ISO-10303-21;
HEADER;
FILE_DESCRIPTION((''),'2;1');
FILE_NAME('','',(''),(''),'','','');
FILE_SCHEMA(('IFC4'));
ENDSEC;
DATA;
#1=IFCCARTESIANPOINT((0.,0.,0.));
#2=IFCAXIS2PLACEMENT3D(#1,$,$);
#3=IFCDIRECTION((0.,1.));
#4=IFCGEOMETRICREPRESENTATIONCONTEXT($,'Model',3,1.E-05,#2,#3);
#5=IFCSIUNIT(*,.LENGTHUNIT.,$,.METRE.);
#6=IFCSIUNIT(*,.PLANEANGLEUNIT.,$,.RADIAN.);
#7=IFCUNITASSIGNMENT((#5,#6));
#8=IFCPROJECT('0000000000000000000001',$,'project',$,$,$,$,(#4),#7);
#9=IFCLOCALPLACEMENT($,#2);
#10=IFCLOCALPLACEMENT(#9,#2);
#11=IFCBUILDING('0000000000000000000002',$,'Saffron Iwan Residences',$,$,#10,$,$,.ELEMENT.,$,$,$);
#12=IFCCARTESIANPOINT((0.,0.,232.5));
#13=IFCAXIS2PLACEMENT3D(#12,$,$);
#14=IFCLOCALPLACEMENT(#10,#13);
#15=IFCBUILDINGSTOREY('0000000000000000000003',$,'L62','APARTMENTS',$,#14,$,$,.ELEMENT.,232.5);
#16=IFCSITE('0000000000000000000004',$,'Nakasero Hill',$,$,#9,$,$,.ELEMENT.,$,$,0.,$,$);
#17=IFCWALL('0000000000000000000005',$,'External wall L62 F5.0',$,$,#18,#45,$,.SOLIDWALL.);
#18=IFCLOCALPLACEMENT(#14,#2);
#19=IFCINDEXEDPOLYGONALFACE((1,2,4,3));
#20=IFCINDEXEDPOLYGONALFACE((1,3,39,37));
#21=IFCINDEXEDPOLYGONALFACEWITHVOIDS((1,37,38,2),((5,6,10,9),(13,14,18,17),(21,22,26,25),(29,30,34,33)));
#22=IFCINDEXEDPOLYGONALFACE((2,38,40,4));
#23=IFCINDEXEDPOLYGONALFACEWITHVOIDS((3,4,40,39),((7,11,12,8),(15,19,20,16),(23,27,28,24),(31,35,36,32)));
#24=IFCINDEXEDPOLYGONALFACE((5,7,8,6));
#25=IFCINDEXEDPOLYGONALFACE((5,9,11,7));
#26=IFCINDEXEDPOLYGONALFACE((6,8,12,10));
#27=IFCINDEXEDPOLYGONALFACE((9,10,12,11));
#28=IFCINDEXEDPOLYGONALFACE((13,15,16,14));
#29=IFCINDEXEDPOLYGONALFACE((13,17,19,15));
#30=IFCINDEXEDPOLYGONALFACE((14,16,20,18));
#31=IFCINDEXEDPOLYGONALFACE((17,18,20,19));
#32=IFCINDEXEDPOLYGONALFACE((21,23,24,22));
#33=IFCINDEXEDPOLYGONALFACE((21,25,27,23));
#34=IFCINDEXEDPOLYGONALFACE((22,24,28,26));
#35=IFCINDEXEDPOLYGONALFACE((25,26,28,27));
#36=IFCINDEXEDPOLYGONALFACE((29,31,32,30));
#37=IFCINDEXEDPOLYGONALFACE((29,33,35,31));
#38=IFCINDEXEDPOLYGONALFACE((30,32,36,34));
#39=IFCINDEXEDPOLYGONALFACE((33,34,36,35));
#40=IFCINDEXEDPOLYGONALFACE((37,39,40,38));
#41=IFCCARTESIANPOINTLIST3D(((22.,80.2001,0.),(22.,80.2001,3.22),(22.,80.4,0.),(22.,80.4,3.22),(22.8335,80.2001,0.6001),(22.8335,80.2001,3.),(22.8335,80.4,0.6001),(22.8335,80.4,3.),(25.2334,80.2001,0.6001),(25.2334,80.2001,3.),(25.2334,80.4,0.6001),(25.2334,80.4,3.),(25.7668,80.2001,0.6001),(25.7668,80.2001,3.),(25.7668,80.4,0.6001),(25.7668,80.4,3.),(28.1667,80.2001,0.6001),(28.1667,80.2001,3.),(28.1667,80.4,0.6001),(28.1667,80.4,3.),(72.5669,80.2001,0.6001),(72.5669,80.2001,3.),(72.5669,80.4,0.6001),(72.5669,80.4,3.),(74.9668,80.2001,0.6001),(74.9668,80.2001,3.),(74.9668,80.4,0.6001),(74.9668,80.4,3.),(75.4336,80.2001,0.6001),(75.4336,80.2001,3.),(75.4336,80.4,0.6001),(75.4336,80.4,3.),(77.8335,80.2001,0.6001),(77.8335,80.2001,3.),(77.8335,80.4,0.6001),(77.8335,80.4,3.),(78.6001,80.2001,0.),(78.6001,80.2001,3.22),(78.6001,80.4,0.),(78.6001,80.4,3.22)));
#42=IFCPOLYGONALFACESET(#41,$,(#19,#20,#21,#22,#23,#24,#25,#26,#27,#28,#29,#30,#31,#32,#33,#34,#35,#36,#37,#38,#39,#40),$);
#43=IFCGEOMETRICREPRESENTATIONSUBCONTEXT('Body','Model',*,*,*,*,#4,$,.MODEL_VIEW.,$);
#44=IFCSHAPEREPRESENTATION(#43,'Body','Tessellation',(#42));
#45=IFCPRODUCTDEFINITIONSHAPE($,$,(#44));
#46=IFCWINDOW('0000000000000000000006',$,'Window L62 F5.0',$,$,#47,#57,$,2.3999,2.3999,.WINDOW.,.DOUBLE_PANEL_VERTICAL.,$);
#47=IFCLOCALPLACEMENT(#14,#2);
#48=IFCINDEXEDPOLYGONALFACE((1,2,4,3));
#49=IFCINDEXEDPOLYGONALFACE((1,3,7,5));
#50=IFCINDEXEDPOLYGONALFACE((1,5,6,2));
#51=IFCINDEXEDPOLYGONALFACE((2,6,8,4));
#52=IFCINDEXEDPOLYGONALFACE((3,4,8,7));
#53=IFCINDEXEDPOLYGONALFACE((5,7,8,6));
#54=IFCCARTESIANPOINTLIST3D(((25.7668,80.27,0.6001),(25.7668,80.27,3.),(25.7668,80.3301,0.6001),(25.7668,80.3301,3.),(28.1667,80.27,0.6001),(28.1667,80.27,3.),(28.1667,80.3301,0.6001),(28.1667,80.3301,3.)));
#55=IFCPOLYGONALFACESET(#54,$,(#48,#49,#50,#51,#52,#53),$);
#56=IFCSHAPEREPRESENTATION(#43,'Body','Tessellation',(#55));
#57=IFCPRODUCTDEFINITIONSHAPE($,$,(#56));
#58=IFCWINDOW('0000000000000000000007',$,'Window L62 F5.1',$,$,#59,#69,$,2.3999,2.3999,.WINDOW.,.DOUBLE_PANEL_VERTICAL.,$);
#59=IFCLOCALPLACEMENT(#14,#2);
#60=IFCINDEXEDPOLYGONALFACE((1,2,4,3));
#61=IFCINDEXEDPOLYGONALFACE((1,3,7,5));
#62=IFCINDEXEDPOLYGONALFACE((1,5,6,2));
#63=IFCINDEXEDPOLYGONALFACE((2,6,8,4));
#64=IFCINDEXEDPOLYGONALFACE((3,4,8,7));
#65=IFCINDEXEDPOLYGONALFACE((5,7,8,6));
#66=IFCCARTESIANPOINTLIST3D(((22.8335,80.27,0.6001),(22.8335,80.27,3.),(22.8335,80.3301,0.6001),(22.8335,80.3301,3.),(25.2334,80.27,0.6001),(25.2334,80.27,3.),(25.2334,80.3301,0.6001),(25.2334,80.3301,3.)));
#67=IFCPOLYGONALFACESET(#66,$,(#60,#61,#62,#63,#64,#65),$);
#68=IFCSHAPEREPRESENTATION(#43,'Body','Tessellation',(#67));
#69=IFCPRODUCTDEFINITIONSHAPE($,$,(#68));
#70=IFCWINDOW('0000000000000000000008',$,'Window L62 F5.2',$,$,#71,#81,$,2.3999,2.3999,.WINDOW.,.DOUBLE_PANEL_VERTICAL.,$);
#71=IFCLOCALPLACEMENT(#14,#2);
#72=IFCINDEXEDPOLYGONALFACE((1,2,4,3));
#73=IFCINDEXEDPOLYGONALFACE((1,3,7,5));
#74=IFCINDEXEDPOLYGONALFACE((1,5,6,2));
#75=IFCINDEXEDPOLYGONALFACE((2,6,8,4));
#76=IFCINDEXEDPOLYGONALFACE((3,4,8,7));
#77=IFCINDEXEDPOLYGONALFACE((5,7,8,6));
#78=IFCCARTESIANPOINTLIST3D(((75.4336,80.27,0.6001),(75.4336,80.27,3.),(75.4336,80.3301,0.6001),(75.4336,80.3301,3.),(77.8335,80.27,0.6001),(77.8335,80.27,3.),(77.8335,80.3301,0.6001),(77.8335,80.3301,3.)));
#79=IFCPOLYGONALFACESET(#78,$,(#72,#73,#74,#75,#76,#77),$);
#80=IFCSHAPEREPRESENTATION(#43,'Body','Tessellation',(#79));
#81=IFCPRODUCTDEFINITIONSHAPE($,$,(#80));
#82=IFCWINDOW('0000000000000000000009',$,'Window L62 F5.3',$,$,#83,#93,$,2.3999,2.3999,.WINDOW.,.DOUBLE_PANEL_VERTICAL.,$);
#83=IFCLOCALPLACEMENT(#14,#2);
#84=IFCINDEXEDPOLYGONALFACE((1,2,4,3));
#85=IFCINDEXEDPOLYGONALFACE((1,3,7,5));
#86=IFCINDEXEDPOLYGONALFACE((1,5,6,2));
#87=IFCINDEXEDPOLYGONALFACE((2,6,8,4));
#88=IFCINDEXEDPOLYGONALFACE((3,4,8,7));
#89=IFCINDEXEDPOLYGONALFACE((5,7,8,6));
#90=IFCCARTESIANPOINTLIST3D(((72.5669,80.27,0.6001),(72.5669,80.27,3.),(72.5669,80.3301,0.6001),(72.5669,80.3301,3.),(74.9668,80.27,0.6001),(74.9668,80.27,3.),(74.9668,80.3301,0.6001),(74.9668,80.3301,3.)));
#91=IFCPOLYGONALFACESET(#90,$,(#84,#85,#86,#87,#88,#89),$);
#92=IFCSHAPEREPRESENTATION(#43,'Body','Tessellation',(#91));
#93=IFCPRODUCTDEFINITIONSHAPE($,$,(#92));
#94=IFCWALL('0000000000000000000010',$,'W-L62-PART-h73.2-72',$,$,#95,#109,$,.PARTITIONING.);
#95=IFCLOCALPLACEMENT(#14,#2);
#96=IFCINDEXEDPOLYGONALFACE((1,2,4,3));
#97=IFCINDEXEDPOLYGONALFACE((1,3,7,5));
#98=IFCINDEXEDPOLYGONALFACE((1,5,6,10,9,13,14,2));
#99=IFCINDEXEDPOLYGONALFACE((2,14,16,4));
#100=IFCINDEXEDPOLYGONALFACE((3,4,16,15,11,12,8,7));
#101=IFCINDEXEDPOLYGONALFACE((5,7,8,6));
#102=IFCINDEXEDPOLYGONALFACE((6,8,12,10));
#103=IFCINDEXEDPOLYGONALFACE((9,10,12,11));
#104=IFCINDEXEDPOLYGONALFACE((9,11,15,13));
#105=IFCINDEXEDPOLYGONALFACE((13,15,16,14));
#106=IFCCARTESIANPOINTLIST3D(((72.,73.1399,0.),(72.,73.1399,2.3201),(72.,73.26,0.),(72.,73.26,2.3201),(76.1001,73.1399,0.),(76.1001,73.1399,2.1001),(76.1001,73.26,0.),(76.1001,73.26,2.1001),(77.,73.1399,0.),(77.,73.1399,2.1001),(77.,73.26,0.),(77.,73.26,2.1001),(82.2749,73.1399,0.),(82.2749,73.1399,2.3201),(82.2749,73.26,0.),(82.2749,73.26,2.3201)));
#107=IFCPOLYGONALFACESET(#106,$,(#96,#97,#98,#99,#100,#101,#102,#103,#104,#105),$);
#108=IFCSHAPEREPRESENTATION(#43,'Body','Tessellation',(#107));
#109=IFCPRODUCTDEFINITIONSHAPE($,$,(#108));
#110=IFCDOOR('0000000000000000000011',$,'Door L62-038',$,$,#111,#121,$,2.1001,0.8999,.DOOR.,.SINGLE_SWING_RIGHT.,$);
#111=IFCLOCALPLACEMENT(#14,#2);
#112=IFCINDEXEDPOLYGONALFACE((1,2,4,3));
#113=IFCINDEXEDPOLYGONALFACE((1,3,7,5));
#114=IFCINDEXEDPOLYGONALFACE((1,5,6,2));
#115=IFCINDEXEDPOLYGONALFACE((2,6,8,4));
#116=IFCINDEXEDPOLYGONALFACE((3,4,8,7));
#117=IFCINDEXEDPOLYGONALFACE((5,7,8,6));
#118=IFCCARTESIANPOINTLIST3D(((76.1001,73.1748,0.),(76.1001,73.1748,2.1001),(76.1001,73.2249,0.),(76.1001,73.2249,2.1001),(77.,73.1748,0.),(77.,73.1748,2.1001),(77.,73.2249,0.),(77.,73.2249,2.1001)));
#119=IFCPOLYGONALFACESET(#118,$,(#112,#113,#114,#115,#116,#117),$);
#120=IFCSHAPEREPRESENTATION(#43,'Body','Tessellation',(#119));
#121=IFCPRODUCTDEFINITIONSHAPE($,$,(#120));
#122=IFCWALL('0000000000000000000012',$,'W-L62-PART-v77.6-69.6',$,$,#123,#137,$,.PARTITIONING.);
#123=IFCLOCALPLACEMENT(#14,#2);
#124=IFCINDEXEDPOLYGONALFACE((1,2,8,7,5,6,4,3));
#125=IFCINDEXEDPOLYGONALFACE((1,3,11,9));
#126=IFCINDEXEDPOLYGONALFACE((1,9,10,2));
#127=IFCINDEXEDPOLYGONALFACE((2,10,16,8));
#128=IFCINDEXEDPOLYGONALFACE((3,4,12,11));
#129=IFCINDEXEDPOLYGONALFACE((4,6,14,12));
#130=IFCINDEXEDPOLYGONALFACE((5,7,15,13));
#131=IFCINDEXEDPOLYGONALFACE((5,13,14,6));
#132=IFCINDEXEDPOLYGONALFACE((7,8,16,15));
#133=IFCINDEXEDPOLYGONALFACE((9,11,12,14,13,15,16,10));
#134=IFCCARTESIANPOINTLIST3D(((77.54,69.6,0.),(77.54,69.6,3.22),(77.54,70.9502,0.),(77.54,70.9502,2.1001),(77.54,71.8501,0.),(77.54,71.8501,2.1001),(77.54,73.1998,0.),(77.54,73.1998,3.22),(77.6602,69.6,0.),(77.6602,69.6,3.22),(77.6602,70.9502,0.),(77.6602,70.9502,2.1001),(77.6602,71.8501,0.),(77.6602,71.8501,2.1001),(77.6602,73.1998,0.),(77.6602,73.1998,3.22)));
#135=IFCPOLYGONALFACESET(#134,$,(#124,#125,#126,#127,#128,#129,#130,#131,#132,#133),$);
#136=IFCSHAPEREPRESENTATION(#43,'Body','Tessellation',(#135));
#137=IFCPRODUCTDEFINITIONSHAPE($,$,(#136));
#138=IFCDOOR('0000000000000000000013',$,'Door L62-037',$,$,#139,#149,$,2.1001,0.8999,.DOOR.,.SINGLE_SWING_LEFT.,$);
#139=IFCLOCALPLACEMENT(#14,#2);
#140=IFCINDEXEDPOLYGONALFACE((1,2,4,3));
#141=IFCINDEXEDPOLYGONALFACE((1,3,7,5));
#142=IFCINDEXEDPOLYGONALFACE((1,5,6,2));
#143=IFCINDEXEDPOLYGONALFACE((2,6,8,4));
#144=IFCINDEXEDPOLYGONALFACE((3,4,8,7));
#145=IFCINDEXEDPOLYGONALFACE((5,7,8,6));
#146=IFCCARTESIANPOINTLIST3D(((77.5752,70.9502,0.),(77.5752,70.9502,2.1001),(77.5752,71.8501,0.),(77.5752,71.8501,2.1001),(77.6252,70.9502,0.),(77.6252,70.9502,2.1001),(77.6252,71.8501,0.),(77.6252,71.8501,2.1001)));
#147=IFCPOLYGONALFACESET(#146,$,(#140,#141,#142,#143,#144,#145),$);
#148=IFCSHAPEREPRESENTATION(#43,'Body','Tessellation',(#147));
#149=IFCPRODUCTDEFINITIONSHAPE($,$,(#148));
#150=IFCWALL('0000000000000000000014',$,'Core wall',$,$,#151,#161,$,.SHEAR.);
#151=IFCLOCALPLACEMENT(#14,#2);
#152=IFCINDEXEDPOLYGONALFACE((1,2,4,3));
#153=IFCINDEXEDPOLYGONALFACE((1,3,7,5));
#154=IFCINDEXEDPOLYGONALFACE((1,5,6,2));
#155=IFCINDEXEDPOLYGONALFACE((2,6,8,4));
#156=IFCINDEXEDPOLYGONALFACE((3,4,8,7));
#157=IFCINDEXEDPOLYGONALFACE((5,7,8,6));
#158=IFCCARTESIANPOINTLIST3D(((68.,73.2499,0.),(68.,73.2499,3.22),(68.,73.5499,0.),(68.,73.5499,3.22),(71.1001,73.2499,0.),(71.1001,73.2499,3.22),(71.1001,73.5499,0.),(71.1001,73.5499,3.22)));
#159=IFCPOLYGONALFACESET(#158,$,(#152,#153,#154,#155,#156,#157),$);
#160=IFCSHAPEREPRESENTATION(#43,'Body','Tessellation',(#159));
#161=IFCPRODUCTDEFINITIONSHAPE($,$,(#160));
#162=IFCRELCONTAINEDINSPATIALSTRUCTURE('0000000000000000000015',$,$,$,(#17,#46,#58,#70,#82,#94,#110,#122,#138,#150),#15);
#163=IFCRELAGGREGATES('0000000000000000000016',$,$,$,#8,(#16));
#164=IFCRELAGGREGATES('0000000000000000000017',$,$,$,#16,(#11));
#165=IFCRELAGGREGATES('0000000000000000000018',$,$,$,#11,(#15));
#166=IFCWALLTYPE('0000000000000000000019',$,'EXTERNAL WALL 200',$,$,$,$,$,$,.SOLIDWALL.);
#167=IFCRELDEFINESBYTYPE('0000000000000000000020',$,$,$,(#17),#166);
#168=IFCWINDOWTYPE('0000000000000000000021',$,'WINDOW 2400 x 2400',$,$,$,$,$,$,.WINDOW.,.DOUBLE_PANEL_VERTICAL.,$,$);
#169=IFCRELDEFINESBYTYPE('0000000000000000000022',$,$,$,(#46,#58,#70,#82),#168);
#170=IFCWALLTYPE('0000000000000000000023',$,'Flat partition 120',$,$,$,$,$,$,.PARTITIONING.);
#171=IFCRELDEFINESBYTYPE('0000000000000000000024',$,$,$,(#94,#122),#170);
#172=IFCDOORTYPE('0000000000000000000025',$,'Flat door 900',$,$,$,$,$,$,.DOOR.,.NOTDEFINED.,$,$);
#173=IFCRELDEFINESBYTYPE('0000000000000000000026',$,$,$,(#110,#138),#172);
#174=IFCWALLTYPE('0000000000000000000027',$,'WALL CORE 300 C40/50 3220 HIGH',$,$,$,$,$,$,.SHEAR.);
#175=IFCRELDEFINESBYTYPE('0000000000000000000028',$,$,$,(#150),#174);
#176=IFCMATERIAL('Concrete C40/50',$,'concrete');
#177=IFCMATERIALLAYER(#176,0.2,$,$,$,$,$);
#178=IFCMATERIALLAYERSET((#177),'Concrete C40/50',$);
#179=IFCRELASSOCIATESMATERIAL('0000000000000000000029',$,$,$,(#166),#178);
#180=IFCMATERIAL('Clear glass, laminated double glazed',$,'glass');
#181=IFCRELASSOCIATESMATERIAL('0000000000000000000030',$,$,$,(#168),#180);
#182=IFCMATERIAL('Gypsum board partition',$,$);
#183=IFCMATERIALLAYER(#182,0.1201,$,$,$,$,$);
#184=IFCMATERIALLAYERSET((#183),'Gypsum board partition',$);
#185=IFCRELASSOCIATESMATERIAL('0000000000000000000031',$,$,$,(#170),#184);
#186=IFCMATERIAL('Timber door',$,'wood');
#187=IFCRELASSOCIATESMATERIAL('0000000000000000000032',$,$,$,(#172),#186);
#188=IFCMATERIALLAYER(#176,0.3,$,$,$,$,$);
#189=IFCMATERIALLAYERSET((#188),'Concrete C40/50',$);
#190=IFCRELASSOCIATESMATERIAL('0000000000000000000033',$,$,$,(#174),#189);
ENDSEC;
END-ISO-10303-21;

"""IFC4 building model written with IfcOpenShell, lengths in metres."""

from ifc_helpers import new_model, si_unit, direction, frame, frame_2d, origin, place, context, subcontext, project, spatial, rectangle, extrude, material, layer, layer_set, type_object, element, fill, save


model = new_model("IFC4")

# Units and contexts
model_context = context("Model", 3, precision=1e-05, world=origin(), true_north=direction((0.0, 1.0)))
body_context = subcontext(model_context, "Body", "Model", "MODEL_VIEW")
ifc_project = project(units=[si_unit("LENGTHUNIT", "METRE"), si_unit("PLANEANGLEUNIT", "RADIAN")], contexts=[model_context])

# Site, building, storey
site_placement = place(None, origin())
site = spatial("IfcSite", under=ifc_project, at=site_placement, Name="Nakasero Hill", CompositionType="ELEMENT", RefElevation=0.0)
building_placement = place(site_placement, origin())
building = spatial("IfcBuilding", under=site, at=building_placement, Name="Saffron Iwan Residences", CompositionType="ELEMENT")
storey_placement = place(building_placement, frame((0.0, 0.0, 232.5)))
storey = spatial("IfcBuildingStorey", under=building, at=storey_placement, Name="L62", Description="APARTMENTS", CompositionType="ELEMENT", Elevation=232.5)

# Shared definitions
ifc_material_1 = material(Name="Concrete C40/50", Category="concrete")

# Shared definitions
ifc_layer_1 = layer(ifc_material_1, 0.2)
ifc_layer_set_1 = layer_set([ifc_layer_1], Name="Concrete C40/50")
wall_type_1 = type_object("IfcWallType", Name="EXTERNAL WALL 200", PredefinedType="SOLIDWALL", material=ifc_layer_set_1)
ifc_material_2 = material(Name="Clear glass, laminated double glazed", Category="glass")
window_type_1 = type_object("IfcWindowType", Name="WINDOW 2400 x 2400", PartitioningType="DOUBLE_PANEL_VERTICAL", PredefinedType="WINDOW", material=ifc_material_2)

# Wall, openings, windows
wall_1_placement = place(storey_placement, frame((78.6001, 80.3, 0.0), z_axis=(0.0, 0.0, 1.0), x_axis=(-1.0, 0.0, 0.0)))
wall_1 = element("IfcWall", 1, at=wall_1_placement, inside=storey, type_object=wall_type_1, Name="External wall L62 F5.0", PredefinedType="SOLIDWALL", context=body_context, shape_type="SweptSolid", body=[
    extrude(rectangle(XDim=56.6001, YDim=0.2, at=frame_2d((28.3, 0.0))), origin(), (0.0, 0.0, 1.0), 3.22),
])
opening_1_placement = place(wall_1_placement, frame((50.4333, 0.0, 0.6001)))
opening_1 = element("IfcOpeningElement", 2, at=opening_1_placement, cuts=wall_1, PredefinedType="OPENING", context=body_context, shape_type="SweptSolid", body=[
    extrude(rectangle(XDim=2.3999, YDim=2.3999, at=frame_2d((1.2, 1.2))), frame((0.0, 0.1099, 0.0), z_axis=(0.0, -1.0, 0.0), x_axis=(1.0, 0.0, 0.0)), (0.0, 0.0, 1.0), 0.22),
])
opening_2_placement = place(wall_1_placement, frame((53.3667, 0.0, 0.6001)))
opening_2 = element("IfcOpeningElement", 3, at=opening_2_placement, cuts=wall_1, PredefinedType="OPENING", context=body_context, shape_type="SweptSolid", body=[
    extrude(rectangle(XDim=2.3999, YDim=2.3999, at=frame_2d((1.2, 1.2))), frame((0.0, 0.1099, 0.0), z_axis=(0.0, -1.0, 0.0), x_axis=(1.0, 0.0, 0.0)), (0.0, 0.0, 1.0), 0.22),
])
opening_3_placement = place(wall_1_placement, frame((0.7666, 0.0, 0.6001)))
opening_3 = element("IfcOpeningElement", 4, at=opening_3_placement, cuts=wall_1, PredefinedType="OPENING", context=body_context, shape_type="SweptSolid", body=[
    extrude(rectangle(XDim=2.3999, YDim=2.3999, at=frame_2d((1.2, 1.2))), frame((0.0, 0.1099, 0.0), z_axis=(0.0, -1.0, 0.0), x_axis=(1.0, 0.0, 0.0)), (0.0, 0.0, 1.0), 0.22),
])
opening_4_placement = place(wall_1_placement, frame((3.6333, 0.0, 0.6001)))
opening_4 = element("IfcOpeningElement", 5, at=opening_4_placement, cuts=wall_1, PredefinedType="OPENING", context=body_context, shape_type="SweptSolid", body=[
    extrude(rectangle(XDim=2.3999, YDim=2.3999, at=frame_2d((1.2, 1.2))), frame((0.0, 0.1099, 0.0), z_axis=(0.0, -1.0, 0.0), x_axis=(1.0, 0.0, 0.0)), (0.0, 0.0, 1.0), 0.22),
])
window_1_placement = place(opening_1_placement, origin())
window_1 = element("IfcWindow", 6, at=window_1_placement, inside=storey, type_object=window_type_1, Name="Window L62 F5.0", OverallHeight=2.3999, OverallWidth=2.3999, PartitioningType="DOUBLE_PANEL_VERTICAL", PredefinedType="WINDOW", context=body_context, shape_type="SweptSolid", body=[
    extrude(rectangle(XDim=2.3999, YDim=2.3999, at=frame_2d((1.2, 1.2))), frame((0.0, 0.03, 0.0), z_axis=(0.0, -1.0, 0.0), x_axis=(1.0, 0.0, 0.0)), (0.0, 0.0, 1.0), 0.0601),
])
fill(opening_1, window_1)
window_2_placement = place(opening_2_placement, origin())
window_2 = element("IfcWindow", 7, at=window_2_placement, inside=storey, type_object=window_type_1, Name="Window L62 F5.1", OverallHeight=2.3999, OverallWidth=2.3999, PartitioningType="DOUBLE_PANEL_VERTICAL", PredefinedType="WINDOW", context=body_context, shape_type="SweptSolid", body=[
    extrude(rectangle(XDim=2.3999, YDim=2.3999, at=frame_2d((1.2, 1.2))), frame((0.0, 0.03, 0.0), z_axis=(0.0, -1.0, 0.0), x_axis=(1.0, 0.0, 0.0)), (0.0, 0.0, 1.0), 0.0601),
])
fill(opening_2, window_2)
window_3_placement = place(opening_3_placement, origin())
window_3 = element("IfcWindow", 8, at=window_3_placement, inside=storey, type_object=window_type_1, Name="Window L62 F5.2", OverallHeight=2.3999, OverallWidth=2.3999, PartitioningType="DOUBLE_PANEL_VERTICAL", PredefinedType="WINDOW", context=body_context, shape_type="SweptSolid", body=[
    extrude(rectangle(XDim=2.3999, YDim=2.3999, at=frame_2d((1.2, 1.2))), frame((0.0, 0.03, 0.0), z_axis=(0.0, -1.0, 0.0), x_axis=(1.0, 0.0, 0.0)), (0.0, 0.0, 1.0), 0.0601),
])
fill(opening_3, window_3)
window_4_placement = place(opening_4_placement, origin())
window_4 = element("IfcWindow", 9, at=window_4_placement, inside=storey, type_object=window_type_1, Name="Window L62 F5.3", OverallHeight=2.3999, OverallWidth=2.3999, PartitioningType="DOUBLE_PANEL_VERTICAL", PredefinedType="WINDOW", context=body_context, shape_type="SweptSolid", body=[
    extrude(rectangle(XDim=2.3999, YDim=2.3999, at=frame_2d((1.2, 1.2))), frame((0.0, 0.03, 0.0), z_axis=(0.0, -1.0, 0.0), x_axis=(1.0, 0.0, 0.0)), (0.0, 0.0, 1.0), 0.0601),
])
fill(opening_4, window_4)

# Walls, openings, doors
ifc_material_3 = material(Name="Gypsum board partition")
ifc_layer_2 = layer(ifc_material_3, 0.1201)
ifc_layer_set_2 = layer_set([ifc_layer_2], Name="Gypsum board partition")
wall_type_2 = type_object("IfcWallType", Name="Flat partition 120", PredefinedType="PARTITIONING", material=ifc_layer_set_2)
wall_2_placement = place(storey_placement, frame((72.0, 73.2, 0.0), z_axis=(0.0, 0.0, 1.0), x_axis=(1.0, 0.0, 0.0)))
wall_2 = element("IfcWall", 10, at=wall_2_placement, inside=storey, type_object=wall_type_2, Name="W-L62-PART-h73.2-72", PredefinedType="PARTITIONING", context=body_context, shape_type="SweptSolid", body=[
    extrude(rectangle(XDim=10.2749, YDim=0.1201, at=frame_2d((5.1375, 0.0))), origin(), (0.0, 0.0, 1.0), 2.3201),
])
opening_5_placement = place(wall_2_placement, frame((4.1001, 0.0, 0.0)))
opening_5 = element("IfcOpeningElement", 11, at=opening_5_placement, cuts=wall_2, PredefinedType="OPENING", context=body_context, shape_type="SweptSolid", body=[
    extrude(rectangle(XDim=0.8999, YDim=2.1001, at=frame_2d((0.45, 1.05))), frame((0.0, 0.0701, 0.0), z_axis=(0.0, -1.0, 0.0), x_axis=(1.0, 0.0, 0.0)), (0.0, 0.0, 1.0), 0.1401),
])
ifc_material_4 = material(Name="Timber door", Category="wood")
door_type = type_object("IfcDoorType", Name="Flat door 900", OperationType="NOTDEFINED", PredefinedType="DOOR", material=ifc_material_4)
door_1_placement = place(opening_5_placement, origin())
door_1 = element("IfcDoor", 12, at=door_1_placement, inside=storey, type_object=door_type, Name="Door L62-038", OperationType="SINGLE_SWING_RIGHT", OverallHeight=2.1001, OverallWidth=0.8999, PredefinedType="DOOR", context=body_context, shape_type="SweptSolid", body=[
    extrude(rectangle(XDim=0.8999, YDim=2.1001, at=frame_2d((0.45, 1.05))), frame((0.0, 0.0249, 0.0), z_axis=(0.0, -1.0, 0.0), x_axis=(1.0, 0.0, 0.0)), (0.0, 0.0, 1.0), 0.05),
])
fill(opening_5, door_1)
wall_3_placement = place(storey_placement, frame((77.6001, 69.6001, 0.0), z_axis=(0.0, 0.0, 1.0), x_axis=(0.0, 1.0, 0.0)))
wall_3 = element("IfcWall", 13, at=wall_3_placement, inside=storey, type_object=wall_type_2, Name="W-L62-PART-v77.6-69.6", PredefinedType="PARTITIONING", context=body_context, shape_type="SweptSolid", body=[
    extrude(rectangle(XDim=3.5999, YDim=0.1201, at=frame_2d((1.7998, 0.0))), origin(), (0.0, 0.0, 1.0), 3.22),
])
opening_6_placement = place(wall_3_placement, frame((1.3501, 0.0, 0.0)))
opening_6 = element("IfcOpeningElement", 14, at=opening_6_placement, cuts=wall_3, PredefinedType="OPENING", context=body_context, shape_type="SweptSolid", body=[
    extrude(rectangle(XDim=0.8999, YDim=2.1001, at=frame_2d((0.45, 1.05))), frame((0.0, 0.0701, 0.0), z_axis=(0.0, -1.0, 0.0), x_axis=(1.0, 0.0, 0.0)), (0.0, 0.0, 1.0), 0.1401),
])
door_2_placement = place(opening_6_placement, origin())
door_2 = element("IfcDoor", 15, at=door_2_placement, inside=storey, type_object=door_type, Name="Door L62-037", OperationType="SINGLE_SWING_LEFT", OverallHeight=2.1001, OverallWidth=0.8999, PredefinedType="DOOR", context=body_context, shape_type="SweptSolid", body=[
    extrude(rectangle(XDim=0.8999, YDim=2.1001, at=frame_2d((0.45, 1.05))), frame((0.0, 0.0249, 0.0), z_axis=(0.0, -1.0, 0.0), x_axis=(1.0, 0.0, 0.0)), (0.0, 0.0, 1.0), 0.05),
])
fill(opening_6, door_2)

# Wall
ifc_layer_3 = layer(ifc_material_1, 0.3)
ifc_layer_set_3 = layer_set([ifc_layer_3], Name="Concrete C40/50")
wall_type_3 = type_object("IfcWallType", Name="WALL CORE 300 C40/50 3220 HIGH", PredefinedType="SHEAR", material=ifc_layer_set_3)
wall_4_placement = place(storey_placement, frame((68.0, 73.3999, 0.0), z_axis=(0.0, 0.0, 1.0), x_axis=(1.0, 0.0, 0.0)))
element("IfcWall", 16, at=wall_4_placement, inside=storey, type_object=wall_type_3, Name="Core wall", PredefinedType="SHEAR", context=body_context, shape_type="SweptSolid", body=[
    extrude(rectangle(XDim=3.1001, YDim=0.3, at=frame_2d((1.55, 0.0))), origin(), (0.0, 0.0, 1.0), 3.22),
])

save(model, "model.ifc")
